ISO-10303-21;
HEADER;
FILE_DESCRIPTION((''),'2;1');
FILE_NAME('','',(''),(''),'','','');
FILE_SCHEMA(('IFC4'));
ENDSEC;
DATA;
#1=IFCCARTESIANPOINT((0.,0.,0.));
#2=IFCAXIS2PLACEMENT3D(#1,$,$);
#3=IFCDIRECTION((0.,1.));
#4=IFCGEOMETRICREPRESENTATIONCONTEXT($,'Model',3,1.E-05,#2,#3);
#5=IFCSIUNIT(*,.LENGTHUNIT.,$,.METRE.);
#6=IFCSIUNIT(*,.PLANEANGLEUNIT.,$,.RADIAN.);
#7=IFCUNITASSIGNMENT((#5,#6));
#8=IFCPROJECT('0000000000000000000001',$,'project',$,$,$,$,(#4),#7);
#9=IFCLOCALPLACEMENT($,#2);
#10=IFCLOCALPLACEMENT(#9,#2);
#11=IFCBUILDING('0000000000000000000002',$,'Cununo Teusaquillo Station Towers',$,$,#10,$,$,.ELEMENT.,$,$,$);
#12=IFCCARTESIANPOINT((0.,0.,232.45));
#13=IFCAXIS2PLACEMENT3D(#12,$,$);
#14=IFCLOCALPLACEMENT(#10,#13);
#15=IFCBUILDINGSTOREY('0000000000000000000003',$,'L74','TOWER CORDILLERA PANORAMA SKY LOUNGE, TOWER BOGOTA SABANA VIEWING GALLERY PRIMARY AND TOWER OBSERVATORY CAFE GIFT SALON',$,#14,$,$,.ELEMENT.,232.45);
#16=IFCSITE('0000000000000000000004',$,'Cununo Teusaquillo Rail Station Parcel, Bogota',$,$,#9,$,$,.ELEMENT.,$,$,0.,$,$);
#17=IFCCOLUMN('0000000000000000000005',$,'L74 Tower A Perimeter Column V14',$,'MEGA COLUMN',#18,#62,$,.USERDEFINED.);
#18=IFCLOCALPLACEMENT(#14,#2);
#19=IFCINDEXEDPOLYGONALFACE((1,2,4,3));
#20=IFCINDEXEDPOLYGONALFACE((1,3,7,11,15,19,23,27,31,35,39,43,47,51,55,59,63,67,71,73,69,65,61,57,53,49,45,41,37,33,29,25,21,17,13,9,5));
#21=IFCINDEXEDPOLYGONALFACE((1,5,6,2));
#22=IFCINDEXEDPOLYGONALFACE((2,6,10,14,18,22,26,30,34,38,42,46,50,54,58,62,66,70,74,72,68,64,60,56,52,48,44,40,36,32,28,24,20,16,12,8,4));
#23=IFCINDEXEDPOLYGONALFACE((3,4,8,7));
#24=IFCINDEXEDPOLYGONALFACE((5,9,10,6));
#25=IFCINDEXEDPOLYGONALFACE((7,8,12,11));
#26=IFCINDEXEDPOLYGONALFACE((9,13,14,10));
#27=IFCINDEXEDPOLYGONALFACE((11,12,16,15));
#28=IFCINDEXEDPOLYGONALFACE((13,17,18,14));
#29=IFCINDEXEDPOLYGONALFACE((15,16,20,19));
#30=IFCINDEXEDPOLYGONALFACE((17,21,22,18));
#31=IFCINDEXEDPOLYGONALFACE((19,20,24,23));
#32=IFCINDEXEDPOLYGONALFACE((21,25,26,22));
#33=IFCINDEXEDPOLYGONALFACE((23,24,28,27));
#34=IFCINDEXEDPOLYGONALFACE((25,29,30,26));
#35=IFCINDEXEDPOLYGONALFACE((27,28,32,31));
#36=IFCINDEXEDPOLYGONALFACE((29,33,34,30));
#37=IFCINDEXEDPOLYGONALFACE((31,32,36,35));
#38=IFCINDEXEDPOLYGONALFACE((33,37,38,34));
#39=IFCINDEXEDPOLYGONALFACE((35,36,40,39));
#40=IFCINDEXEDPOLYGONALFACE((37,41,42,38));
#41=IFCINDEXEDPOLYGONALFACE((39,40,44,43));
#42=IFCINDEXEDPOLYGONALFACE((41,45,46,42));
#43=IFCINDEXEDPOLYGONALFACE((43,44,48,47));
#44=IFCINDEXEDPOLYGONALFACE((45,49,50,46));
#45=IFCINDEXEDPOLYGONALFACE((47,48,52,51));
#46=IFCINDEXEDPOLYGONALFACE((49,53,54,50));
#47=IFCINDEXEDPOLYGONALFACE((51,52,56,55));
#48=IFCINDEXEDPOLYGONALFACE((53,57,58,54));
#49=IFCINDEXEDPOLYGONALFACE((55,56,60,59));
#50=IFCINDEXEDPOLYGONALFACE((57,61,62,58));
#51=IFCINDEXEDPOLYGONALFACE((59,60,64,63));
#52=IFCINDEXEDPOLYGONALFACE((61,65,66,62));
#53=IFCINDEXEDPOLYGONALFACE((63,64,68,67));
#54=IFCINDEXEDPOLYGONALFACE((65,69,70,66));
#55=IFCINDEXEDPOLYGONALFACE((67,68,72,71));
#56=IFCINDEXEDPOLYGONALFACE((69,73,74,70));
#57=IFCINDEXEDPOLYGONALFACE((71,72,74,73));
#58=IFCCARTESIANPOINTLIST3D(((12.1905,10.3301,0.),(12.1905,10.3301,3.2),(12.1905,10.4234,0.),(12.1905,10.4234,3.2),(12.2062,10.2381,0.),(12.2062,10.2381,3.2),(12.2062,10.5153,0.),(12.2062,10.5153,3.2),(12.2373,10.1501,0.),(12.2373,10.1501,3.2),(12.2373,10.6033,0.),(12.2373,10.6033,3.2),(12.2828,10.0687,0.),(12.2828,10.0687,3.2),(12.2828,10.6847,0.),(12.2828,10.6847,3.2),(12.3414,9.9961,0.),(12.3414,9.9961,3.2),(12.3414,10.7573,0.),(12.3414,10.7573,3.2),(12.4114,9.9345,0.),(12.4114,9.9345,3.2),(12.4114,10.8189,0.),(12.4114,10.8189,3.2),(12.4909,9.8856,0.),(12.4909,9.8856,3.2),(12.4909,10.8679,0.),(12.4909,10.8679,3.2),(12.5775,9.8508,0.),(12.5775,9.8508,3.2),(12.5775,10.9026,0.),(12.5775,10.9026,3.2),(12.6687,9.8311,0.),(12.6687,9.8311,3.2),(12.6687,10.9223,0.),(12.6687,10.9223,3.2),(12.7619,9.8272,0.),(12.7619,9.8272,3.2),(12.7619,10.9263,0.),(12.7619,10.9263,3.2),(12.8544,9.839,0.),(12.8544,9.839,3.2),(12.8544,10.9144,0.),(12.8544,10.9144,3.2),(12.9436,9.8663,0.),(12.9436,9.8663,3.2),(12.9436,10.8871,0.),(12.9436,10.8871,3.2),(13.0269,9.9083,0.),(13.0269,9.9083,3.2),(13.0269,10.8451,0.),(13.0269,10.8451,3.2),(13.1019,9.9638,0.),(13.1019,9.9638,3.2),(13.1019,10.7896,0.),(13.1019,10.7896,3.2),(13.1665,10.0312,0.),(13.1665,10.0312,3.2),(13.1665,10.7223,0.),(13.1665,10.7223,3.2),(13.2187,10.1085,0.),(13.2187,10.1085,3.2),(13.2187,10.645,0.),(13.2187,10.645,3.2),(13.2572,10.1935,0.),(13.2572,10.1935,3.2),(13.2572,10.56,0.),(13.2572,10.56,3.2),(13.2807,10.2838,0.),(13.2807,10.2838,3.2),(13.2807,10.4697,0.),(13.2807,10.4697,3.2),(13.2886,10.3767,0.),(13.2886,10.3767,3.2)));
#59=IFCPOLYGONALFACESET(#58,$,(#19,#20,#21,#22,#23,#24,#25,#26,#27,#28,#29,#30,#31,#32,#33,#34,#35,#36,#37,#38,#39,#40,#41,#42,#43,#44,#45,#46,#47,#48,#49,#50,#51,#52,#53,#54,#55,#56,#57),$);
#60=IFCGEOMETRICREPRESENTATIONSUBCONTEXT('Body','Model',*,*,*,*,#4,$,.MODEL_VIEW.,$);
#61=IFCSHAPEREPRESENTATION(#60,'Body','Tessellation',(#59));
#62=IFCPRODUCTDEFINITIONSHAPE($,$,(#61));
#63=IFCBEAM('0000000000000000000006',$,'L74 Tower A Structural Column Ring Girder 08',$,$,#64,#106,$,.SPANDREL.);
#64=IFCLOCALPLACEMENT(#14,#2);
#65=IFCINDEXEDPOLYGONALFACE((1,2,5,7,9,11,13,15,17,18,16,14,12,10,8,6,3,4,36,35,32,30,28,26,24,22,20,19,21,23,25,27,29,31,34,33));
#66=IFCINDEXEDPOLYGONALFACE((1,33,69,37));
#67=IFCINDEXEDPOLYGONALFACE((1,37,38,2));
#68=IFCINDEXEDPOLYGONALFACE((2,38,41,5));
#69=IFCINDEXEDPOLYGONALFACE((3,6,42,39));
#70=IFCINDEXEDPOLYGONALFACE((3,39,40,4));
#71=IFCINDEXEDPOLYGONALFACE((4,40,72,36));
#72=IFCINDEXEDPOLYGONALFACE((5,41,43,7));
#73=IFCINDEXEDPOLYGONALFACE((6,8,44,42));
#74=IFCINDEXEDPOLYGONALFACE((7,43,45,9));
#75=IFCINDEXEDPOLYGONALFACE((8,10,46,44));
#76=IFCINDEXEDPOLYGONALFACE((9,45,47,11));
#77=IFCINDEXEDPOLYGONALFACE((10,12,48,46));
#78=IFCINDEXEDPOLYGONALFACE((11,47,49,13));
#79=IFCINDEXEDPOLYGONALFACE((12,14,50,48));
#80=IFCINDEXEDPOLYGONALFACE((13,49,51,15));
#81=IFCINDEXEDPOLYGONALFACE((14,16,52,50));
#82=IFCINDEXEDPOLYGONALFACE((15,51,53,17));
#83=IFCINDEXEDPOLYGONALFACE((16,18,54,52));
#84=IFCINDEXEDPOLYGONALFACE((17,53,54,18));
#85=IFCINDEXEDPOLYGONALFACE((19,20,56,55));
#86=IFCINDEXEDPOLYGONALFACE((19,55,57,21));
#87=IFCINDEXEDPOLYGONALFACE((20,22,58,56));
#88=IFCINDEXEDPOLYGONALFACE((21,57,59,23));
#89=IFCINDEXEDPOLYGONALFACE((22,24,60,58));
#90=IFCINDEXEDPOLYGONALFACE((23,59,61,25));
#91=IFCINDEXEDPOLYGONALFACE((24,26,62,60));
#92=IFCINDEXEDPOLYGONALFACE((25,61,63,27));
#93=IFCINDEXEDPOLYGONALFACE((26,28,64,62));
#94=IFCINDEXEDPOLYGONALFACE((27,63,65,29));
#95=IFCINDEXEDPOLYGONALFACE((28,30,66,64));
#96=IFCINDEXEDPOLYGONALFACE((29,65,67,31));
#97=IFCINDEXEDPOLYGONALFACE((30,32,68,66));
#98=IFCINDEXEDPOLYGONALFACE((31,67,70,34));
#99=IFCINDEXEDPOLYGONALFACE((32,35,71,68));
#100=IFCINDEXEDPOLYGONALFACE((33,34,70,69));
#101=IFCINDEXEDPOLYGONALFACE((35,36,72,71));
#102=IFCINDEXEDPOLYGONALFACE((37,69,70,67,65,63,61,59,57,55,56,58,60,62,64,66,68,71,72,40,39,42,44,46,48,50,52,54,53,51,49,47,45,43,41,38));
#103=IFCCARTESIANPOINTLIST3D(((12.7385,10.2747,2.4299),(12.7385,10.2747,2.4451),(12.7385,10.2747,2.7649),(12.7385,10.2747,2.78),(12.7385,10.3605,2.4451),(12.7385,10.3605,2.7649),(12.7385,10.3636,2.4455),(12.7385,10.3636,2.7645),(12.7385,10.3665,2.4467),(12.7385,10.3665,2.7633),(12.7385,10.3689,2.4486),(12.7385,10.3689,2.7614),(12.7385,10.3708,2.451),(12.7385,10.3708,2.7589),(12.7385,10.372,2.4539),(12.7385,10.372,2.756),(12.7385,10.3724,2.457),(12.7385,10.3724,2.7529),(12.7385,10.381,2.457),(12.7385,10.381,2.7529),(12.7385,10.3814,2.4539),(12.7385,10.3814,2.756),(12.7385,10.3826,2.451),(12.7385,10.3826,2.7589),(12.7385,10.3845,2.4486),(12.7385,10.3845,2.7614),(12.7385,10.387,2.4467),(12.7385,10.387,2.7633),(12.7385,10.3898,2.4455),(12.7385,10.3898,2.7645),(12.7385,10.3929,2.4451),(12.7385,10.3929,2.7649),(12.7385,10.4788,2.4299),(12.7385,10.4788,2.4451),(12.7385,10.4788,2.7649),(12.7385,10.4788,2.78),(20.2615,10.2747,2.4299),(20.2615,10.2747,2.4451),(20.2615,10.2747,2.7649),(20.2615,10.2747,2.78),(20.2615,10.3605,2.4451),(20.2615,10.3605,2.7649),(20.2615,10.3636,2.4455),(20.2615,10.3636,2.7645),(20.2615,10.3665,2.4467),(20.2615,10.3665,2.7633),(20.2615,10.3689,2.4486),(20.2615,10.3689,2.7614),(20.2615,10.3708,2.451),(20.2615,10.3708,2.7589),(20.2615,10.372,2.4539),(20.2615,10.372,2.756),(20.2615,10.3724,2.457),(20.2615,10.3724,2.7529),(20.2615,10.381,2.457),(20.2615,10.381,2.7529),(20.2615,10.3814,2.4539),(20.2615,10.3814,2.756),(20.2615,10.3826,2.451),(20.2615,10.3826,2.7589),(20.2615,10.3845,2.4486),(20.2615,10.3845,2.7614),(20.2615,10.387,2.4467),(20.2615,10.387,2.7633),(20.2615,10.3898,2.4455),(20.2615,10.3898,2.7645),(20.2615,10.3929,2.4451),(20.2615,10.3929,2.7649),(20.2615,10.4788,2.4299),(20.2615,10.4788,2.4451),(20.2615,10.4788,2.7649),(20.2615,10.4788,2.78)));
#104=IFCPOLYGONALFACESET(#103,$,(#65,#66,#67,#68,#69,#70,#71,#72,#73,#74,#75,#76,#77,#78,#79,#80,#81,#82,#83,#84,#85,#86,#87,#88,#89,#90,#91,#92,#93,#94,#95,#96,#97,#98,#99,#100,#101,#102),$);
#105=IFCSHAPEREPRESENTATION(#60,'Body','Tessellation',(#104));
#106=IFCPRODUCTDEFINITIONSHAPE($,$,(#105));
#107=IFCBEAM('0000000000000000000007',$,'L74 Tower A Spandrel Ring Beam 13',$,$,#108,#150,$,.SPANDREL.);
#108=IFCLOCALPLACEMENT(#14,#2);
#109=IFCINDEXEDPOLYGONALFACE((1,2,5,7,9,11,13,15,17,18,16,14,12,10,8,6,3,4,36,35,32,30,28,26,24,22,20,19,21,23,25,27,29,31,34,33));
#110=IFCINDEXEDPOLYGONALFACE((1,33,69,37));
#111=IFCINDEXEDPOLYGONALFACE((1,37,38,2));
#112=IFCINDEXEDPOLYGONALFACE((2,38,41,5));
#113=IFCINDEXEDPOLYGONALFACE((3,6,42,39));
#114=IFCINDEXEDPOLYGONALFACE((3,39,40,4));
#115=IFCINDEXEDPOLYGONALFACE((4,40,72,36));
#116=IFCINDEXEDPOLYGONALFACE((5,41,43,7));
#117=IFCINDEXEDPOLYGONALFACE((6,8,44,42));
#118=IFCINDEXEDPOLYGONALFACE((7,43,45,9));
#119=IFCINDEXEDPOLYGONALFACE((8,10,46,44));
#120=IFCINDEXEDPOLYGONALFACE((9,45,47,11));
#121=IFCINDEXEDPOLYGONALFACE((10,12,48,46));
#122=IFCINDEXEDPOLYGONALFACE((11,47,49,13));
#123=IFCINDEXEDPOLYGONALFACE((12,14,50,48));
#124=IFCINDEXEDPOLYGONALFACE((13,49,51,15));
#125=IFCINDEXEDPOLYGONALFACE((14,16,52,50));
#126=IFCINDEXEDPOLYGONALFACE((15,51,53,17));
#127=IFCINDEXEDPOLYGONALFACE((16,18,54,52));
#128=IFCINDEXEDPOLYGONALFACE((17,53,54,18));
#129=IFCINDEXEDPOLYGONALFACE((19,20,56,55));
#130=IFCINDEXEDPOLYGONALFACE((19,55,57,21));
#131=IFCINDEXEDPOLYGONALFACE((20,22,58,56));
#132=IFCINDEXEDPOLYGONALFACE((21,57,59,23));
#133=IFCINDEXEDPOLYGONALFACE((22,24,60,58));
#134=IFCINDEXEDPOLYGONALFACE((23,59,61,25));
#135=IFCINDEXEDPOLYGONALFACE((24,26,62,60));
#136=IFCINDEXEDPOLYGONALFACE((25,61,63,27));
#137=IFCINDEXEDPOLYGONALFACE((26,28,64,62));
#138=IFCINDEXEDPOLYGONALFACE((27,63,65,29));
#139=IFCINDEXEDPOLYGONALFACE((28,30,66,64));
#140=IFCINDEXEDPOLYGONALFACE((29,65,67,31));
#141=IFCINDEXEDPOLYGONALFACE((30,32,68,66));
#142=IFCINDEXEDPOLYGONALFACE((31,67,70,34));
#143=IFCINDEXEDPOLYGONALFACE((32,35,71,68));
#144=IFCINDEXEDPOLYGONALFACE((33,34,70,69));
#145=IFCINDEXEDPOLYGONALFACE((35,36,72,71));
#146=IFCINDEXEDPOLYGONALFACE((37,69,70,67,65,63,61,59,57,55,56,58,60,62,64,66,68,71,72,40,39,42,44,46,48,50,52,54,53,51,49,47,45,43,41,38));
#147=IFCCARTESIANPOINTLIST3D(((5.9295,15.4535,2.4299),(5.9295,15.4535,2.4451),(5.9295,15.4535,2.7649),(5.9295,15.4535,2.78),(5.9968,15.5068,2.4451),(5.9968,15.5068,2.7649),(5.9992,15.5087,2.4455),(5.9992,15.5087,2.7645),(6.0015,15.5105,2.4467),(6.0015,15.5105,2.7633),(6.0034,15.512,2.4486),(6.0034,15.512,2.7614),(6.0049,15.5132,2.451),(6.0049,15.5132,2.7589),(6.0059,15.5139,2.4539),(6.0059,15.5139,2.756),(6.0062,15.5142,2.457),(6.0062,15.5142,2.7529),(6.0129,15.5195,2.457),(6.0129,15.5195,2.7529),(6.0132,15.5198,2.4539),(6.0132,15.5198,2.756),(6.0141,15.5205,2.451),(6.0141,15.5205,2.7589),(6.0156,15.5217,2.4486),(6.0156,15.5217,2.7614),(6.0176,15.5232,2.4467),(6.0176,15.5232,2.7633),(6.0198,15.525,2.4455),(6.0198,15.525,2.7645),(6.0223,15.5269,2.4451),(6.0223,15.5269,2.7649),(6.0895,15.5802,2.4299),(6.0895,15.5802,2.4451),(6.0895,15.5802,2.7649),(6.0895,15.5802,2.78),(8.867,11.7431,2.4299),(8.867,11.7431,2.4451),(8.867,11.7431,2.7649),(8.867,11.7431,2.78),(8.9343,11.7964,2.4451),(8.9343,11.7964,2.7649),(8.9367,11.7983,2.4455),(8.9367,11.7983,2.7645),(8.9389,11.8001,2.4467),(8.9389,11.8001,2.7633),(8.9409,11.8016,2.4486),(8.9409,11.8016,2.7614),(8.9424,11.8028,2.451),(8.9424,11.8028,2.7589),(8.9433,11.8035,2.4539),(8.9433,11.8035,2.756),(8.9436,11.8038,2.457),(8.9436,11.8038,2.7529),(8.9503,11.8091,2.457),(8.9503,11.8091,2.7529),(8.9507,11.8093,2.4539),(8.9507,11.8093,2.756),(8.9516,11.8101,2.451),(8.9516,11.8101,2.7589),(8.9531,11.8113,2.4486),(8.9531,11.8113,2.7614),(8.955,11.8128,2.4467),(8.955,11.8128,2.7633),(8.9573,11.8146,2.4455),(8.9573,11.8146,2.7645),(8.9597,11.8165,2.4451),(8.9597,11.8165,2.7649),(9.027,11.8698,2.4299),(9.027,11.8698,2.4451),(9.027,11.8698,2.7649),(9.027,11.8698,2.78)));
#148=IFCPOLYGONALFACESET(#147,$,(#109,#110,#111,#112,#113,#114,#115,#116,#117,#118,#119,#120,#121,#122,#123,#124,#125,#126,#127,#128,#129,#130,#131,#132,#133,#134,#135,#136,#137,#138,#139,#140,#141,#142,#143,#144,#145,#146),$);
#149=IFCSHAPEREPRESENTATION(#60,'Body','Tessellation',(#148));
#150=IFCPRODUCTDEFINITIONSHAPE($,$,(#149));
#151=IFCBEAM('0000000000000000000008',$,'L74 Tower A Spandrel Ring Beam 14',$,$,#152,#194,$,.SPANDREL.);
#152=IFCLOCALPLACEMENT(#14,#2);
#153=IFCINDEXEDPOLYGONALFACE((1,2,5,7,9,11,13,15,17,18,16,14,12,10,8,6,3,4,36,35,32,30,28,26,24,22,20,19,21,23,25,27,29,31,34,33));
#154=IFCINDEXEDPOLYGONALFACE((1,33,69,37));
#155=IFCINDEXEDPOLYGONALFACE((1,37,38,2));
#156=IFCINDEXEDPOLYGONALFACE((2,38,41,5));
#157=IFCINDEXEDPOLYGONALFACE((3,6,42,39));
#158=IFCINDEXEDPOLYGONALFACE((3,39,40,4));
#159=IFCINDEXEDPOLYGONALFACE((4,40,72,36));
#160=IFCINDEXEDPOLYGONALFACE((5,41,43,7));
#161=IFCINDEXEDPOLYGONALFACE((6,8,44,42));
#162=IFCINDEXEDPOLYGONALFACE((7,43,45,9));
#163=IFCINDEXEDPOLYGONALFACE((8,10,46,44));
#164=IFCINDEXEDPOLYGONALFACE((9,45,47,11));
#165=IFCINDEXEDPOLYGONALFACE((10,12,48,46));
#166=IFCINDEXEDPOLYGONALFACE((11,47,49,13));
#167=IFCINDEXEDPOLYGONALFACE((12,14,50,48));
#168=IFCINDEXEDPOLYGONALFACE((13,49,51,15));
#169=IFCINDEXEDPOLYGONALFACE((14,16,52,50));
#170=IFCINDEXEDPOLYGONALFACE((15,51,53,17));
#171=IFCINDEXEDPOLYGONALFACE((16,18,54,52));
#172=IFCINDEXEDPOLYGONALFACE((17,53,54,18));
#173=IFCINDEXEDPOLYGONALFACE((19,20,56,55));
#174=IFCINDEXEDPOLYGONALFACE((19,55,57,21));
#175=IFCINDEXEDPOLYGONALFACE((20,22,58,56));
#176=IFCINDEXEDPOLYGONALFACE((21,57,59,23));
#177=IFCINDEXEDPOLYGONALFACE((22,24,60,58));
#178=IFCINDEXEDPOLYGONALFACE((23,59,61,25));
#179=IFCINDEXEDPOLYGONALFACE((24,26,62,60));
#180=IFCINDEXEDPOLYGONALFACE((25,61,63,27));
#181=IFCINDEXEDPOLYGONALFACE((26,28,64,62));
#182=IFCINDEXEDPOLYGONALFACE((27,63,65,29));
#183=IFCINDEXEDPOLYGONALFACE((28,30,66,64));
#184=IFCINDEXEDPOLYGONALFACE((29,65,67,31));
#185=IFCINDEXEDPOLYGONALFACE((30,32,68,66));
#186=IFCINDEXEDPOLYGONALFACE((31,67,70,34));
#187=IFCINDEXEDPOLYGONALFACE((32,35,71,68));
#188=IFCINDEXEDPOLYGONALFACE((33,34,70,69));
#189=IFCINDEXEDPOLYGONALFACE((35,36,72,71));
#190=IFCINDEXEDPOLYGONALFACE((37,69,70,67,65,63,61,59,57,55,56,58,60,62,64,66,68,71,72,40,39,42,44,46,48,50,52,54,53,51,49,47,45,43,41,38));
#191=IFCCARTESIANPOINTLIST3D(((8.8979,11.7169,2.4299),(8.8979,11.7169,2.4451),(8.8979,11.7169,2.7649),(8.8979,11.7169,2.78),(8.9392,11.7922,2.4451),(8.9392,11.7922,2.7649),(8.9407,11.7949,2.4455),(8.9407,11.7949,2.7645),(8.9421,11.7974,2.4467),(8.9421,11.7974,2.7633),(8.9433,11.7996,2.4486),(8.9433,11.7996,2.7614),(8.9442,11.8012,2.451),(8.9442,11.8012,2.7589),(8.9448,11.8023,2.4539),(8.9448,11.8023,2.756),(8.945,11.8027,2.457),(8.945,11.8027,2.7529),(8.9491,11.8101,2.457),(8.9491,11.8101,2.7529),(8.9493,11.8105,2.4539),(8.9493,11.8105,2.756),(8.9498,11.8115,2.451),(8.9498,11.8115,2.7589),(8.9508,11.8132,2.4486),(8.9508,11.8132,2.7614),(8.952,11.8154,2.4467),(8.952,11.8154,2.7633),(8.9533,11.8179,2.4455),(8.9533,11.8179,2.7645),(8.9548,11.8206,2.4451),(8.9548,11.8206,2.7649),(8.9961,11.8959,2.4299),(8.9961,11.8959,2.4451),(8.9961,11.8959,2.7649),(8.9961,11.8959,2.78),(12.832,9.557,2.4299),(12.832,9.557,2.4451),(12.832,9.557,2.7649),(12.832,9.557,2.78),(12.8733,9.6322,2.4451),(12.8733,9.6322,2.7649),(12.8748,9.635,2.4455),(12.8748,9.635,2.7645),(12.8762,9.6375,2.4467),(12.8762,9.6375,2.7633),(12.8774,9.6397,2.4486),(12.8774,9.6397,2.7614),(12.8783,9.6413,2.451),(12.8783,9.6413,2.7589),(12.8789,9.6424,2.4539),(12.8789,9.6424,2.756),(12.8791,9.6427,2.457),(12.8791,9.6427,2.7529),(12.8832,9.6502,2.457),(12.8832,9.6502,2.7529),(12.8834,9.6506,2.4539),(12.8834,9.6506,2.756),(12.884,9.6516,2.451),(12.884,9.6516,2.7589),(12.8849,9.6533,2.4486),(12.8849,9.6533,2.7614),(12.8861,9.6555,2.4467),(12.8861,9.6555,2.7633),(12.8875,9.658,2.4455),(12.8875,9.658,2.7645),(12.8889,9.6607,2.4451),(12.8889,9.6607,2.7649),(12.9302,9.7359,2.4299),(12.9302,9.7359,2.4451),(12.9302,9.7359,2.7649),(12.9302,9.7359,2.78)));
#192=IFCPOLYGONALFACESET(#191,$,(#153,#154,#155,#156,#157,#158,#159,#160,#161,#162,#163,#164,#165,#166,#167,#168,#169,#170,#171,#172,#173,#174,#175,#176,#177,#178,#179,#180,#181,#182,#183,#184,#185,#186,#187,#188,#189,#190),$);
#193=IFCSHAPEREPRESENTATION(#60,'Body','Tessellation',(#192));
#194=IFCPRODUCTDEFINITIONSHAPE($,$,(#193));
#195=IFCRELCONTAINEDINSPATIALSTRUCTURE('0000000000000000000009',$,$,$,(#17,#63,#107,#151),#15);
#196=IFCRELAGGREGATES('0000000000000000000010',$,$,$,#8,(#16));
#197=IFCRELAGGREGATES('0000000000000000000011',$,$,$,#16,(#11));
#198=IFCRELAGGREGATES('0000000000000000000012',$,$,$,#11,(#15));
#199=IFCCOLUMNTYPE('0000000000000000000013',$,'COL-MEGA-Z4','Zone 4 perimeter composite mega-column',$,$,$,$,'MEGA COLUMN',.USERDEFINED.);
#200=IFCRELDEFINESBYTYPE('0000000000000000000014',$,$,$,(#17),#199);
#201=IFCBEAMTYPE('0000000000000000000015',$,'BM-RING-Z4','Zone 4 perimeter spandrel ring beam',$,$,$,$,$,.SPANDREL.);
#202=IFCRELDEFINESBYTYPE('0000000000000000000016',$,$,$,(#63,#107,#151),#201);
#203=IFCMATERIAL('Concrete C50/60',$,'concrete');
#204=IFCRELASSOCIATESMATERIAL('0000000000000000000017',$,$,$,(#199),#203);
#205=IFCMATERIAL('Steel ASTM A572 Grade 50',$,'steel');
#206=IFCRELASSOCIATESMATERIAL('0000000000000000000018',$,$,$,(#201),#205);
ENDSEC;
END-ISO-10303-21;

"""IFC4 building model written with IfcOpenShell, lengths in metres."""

from ifc_helpers import new_model, si_unit, direction, frame, origin, origin_2d, place, context, subcontext, project, spatial, circle, i_section, extrude, material, material_profile, profile_set, type_object, element, save


model = new_model("IFC4")

# Units and contexts
model_context = context("Model", 3, precision=1e-05, world=origin(), true_north=direction((0.0, 1.0)))
body_context = subcontext(model_context, "Body", "Model", "MODEL_VIEW")
ifc_project = project(units=[si_unit("LENGTHUNIT", "METRE"), si_unit("PLANEANGLEUNIT", "RADIAN")], contexts=[model_context])

# Site, building, storey
site_placement = place(None, origin())
site = spatial("IfcSite", under=ifc_project, at=site_placement, Name="Cununo Teusaquillo Rail Station Parcel, Bogota", CompositionType="ELEMENT", RefElevation=0.0)
building_placement = place(site_placement, origin())
building = spatial("IfcBuilding", under=site, at=building_placement, Name="Cununo Teusaquillo Station Towers", CompositionType="ELEMENT")
storey_placement = place(building_placement, frame((0.0, 0.0, 232.45)))
storey = spatial("IfcBuildingStorey", under=building, at=storey_placement, Name="L74", Description="TOWER CORDILLERA PANORAMA SKY LOUNGE, TOWER BOGOTA SABANA VIEWING GALLERY PRIMARY AND TOWER OBSERVATORY CAFE GIFT SALON", CompositionType="ELEMENT", Elevation=232.45)

# Column
ifc_material_1 = material(Name="Concrete C50/60", Category="concrete")
ifc_material_profile_1 = material_profile(ifc_material_1, circle(Radius=0.55, at=origin_2d()), Name="RC-CIRC-1100")
ifc_profile_set_1 = profile_set([ifc_material_profile_1], Name="Concrete C50/60")
column_type = type_object("IfcColumnType", Name="COL-MEGA-Z4", Description="Zone 4 perimeter composite mega-column", ElementType="MEGA COLUMN", PredefinedType="USERDEFINED", material=ifc_profile_set_1)
column_placement = place(storey_placement, frame((12.7385, 10.3767, 0.0), z_axis=(0.0, 0.0, 1.0), x_axis=(1.0, 0.0, 0.0)))
element("IfcColumn", 1, at=column_placement, inside=storey, type_object=column_type, Name="L74 Tower A Perimeter Column V14", ObjectType="MEGA COLUMN", PredefinedType="USERDEFINED", context=body_context, shape_type="SweptSolid", body=[
    extrude(circle(Radius=0.55, at=origin_2d()), origin(), (0.0, 0.0, 1.0), 3.2),
])

# Beams
ifc_material_2 = material(Name="Steel ASTM A572 Grade 50", Category="steel")
ifc_material_profile_2 = material_profile(ifc_material_2, i_section(OverallWidth=0.2041, OverallDepth=0.3501, WebThickness=0.0085, FlangeThickness=0.0151, FilletRadius=0.012, at=origin_2d()), Name="W14X48")
ifc_profile_set_2 = profile_set([ifc_material_profile_2], Name="Steel ASTM A572 Grade 50")
beam_type = type_object("IfcBeamType", Name="BM-RING-Z4", Description="Zone 4 perimeter spandrel ring beam", PredefinedType="SPANDREL", material=ifc_profile_set_2)
beam_1_placement = place(storey_placement, frame((12.7385, 10.3767, 2.605), z_axis=(1.0, 0.0, 0.0), x_axis=(0.0, 1.0, 0.0)))
element("IfcBeam", 2, at=beam_1_placement, inside=storey, type_object=beam_type, Name="L74 Tower A Structural Column Ring Girder 08", PredefinedType="SPANDREL", context=body_context, shape_type="SweptSolid", body=[
    extrude(i_section(OverallWidth=0.2041, OverallDepth=0.3501, WebThickness=0.0085, FlangeThickness=0.0151, FilletRadius=0.012, at=origin_2d()), origin(), (0.0, 0.0, 1.0), 7.5229),
])
beam_2_placement = place(storey_placement, frame((6.0095, 15.5168, 2.605), z_axis=(0.620711, -0.78404, 0.0), x_axis=(0.78404, 0.620711, 0.0)))
element("IfcBeam", 3, at=beam_2_placement, inside=storey, type_object=beam_type, Name="L74 Tower A Spandrel Ring Beam 13", PredefinedType="SPANDREL", context=body_context, shape_type="SweptSolid", body=[
    extrude(i_section(OverallWidth=0.2041, OverallDepth=0.3501, WebThickness=0.0085, FlangeThickness=0.0151, FilletRadius=0.012, at=origin_2d()), origin(), (0.0, 0.0, 1.0), 4.7324),
])
beam_3_placement = place(storey_placement, frame((8.947, 11.8064, 2.605), z_axis=(0.876576, -0.481263, 0.0), x_axis=(0.481263, 0.876576, 0.0)))
element("IfcBeam", 4, at=beam_3_placement, inside=storey, type_object=beam_type, Name="L74 Tower A Spandrel Ring Beam 14", PredefinedType="SPANDREL", context=body_context, shape_type="SweptSolid", body=[
    extrude(i_section(OverallWidth=0.2041, OverallDepth=0.3501, WebThickness=0.0085, FlangeThickness=0.0151, FilletRadius=0.012, at=origin_2d()), origin(), (0.0, 0.0, 1.0), 4.488),
])

save(model, "model.ifc")
